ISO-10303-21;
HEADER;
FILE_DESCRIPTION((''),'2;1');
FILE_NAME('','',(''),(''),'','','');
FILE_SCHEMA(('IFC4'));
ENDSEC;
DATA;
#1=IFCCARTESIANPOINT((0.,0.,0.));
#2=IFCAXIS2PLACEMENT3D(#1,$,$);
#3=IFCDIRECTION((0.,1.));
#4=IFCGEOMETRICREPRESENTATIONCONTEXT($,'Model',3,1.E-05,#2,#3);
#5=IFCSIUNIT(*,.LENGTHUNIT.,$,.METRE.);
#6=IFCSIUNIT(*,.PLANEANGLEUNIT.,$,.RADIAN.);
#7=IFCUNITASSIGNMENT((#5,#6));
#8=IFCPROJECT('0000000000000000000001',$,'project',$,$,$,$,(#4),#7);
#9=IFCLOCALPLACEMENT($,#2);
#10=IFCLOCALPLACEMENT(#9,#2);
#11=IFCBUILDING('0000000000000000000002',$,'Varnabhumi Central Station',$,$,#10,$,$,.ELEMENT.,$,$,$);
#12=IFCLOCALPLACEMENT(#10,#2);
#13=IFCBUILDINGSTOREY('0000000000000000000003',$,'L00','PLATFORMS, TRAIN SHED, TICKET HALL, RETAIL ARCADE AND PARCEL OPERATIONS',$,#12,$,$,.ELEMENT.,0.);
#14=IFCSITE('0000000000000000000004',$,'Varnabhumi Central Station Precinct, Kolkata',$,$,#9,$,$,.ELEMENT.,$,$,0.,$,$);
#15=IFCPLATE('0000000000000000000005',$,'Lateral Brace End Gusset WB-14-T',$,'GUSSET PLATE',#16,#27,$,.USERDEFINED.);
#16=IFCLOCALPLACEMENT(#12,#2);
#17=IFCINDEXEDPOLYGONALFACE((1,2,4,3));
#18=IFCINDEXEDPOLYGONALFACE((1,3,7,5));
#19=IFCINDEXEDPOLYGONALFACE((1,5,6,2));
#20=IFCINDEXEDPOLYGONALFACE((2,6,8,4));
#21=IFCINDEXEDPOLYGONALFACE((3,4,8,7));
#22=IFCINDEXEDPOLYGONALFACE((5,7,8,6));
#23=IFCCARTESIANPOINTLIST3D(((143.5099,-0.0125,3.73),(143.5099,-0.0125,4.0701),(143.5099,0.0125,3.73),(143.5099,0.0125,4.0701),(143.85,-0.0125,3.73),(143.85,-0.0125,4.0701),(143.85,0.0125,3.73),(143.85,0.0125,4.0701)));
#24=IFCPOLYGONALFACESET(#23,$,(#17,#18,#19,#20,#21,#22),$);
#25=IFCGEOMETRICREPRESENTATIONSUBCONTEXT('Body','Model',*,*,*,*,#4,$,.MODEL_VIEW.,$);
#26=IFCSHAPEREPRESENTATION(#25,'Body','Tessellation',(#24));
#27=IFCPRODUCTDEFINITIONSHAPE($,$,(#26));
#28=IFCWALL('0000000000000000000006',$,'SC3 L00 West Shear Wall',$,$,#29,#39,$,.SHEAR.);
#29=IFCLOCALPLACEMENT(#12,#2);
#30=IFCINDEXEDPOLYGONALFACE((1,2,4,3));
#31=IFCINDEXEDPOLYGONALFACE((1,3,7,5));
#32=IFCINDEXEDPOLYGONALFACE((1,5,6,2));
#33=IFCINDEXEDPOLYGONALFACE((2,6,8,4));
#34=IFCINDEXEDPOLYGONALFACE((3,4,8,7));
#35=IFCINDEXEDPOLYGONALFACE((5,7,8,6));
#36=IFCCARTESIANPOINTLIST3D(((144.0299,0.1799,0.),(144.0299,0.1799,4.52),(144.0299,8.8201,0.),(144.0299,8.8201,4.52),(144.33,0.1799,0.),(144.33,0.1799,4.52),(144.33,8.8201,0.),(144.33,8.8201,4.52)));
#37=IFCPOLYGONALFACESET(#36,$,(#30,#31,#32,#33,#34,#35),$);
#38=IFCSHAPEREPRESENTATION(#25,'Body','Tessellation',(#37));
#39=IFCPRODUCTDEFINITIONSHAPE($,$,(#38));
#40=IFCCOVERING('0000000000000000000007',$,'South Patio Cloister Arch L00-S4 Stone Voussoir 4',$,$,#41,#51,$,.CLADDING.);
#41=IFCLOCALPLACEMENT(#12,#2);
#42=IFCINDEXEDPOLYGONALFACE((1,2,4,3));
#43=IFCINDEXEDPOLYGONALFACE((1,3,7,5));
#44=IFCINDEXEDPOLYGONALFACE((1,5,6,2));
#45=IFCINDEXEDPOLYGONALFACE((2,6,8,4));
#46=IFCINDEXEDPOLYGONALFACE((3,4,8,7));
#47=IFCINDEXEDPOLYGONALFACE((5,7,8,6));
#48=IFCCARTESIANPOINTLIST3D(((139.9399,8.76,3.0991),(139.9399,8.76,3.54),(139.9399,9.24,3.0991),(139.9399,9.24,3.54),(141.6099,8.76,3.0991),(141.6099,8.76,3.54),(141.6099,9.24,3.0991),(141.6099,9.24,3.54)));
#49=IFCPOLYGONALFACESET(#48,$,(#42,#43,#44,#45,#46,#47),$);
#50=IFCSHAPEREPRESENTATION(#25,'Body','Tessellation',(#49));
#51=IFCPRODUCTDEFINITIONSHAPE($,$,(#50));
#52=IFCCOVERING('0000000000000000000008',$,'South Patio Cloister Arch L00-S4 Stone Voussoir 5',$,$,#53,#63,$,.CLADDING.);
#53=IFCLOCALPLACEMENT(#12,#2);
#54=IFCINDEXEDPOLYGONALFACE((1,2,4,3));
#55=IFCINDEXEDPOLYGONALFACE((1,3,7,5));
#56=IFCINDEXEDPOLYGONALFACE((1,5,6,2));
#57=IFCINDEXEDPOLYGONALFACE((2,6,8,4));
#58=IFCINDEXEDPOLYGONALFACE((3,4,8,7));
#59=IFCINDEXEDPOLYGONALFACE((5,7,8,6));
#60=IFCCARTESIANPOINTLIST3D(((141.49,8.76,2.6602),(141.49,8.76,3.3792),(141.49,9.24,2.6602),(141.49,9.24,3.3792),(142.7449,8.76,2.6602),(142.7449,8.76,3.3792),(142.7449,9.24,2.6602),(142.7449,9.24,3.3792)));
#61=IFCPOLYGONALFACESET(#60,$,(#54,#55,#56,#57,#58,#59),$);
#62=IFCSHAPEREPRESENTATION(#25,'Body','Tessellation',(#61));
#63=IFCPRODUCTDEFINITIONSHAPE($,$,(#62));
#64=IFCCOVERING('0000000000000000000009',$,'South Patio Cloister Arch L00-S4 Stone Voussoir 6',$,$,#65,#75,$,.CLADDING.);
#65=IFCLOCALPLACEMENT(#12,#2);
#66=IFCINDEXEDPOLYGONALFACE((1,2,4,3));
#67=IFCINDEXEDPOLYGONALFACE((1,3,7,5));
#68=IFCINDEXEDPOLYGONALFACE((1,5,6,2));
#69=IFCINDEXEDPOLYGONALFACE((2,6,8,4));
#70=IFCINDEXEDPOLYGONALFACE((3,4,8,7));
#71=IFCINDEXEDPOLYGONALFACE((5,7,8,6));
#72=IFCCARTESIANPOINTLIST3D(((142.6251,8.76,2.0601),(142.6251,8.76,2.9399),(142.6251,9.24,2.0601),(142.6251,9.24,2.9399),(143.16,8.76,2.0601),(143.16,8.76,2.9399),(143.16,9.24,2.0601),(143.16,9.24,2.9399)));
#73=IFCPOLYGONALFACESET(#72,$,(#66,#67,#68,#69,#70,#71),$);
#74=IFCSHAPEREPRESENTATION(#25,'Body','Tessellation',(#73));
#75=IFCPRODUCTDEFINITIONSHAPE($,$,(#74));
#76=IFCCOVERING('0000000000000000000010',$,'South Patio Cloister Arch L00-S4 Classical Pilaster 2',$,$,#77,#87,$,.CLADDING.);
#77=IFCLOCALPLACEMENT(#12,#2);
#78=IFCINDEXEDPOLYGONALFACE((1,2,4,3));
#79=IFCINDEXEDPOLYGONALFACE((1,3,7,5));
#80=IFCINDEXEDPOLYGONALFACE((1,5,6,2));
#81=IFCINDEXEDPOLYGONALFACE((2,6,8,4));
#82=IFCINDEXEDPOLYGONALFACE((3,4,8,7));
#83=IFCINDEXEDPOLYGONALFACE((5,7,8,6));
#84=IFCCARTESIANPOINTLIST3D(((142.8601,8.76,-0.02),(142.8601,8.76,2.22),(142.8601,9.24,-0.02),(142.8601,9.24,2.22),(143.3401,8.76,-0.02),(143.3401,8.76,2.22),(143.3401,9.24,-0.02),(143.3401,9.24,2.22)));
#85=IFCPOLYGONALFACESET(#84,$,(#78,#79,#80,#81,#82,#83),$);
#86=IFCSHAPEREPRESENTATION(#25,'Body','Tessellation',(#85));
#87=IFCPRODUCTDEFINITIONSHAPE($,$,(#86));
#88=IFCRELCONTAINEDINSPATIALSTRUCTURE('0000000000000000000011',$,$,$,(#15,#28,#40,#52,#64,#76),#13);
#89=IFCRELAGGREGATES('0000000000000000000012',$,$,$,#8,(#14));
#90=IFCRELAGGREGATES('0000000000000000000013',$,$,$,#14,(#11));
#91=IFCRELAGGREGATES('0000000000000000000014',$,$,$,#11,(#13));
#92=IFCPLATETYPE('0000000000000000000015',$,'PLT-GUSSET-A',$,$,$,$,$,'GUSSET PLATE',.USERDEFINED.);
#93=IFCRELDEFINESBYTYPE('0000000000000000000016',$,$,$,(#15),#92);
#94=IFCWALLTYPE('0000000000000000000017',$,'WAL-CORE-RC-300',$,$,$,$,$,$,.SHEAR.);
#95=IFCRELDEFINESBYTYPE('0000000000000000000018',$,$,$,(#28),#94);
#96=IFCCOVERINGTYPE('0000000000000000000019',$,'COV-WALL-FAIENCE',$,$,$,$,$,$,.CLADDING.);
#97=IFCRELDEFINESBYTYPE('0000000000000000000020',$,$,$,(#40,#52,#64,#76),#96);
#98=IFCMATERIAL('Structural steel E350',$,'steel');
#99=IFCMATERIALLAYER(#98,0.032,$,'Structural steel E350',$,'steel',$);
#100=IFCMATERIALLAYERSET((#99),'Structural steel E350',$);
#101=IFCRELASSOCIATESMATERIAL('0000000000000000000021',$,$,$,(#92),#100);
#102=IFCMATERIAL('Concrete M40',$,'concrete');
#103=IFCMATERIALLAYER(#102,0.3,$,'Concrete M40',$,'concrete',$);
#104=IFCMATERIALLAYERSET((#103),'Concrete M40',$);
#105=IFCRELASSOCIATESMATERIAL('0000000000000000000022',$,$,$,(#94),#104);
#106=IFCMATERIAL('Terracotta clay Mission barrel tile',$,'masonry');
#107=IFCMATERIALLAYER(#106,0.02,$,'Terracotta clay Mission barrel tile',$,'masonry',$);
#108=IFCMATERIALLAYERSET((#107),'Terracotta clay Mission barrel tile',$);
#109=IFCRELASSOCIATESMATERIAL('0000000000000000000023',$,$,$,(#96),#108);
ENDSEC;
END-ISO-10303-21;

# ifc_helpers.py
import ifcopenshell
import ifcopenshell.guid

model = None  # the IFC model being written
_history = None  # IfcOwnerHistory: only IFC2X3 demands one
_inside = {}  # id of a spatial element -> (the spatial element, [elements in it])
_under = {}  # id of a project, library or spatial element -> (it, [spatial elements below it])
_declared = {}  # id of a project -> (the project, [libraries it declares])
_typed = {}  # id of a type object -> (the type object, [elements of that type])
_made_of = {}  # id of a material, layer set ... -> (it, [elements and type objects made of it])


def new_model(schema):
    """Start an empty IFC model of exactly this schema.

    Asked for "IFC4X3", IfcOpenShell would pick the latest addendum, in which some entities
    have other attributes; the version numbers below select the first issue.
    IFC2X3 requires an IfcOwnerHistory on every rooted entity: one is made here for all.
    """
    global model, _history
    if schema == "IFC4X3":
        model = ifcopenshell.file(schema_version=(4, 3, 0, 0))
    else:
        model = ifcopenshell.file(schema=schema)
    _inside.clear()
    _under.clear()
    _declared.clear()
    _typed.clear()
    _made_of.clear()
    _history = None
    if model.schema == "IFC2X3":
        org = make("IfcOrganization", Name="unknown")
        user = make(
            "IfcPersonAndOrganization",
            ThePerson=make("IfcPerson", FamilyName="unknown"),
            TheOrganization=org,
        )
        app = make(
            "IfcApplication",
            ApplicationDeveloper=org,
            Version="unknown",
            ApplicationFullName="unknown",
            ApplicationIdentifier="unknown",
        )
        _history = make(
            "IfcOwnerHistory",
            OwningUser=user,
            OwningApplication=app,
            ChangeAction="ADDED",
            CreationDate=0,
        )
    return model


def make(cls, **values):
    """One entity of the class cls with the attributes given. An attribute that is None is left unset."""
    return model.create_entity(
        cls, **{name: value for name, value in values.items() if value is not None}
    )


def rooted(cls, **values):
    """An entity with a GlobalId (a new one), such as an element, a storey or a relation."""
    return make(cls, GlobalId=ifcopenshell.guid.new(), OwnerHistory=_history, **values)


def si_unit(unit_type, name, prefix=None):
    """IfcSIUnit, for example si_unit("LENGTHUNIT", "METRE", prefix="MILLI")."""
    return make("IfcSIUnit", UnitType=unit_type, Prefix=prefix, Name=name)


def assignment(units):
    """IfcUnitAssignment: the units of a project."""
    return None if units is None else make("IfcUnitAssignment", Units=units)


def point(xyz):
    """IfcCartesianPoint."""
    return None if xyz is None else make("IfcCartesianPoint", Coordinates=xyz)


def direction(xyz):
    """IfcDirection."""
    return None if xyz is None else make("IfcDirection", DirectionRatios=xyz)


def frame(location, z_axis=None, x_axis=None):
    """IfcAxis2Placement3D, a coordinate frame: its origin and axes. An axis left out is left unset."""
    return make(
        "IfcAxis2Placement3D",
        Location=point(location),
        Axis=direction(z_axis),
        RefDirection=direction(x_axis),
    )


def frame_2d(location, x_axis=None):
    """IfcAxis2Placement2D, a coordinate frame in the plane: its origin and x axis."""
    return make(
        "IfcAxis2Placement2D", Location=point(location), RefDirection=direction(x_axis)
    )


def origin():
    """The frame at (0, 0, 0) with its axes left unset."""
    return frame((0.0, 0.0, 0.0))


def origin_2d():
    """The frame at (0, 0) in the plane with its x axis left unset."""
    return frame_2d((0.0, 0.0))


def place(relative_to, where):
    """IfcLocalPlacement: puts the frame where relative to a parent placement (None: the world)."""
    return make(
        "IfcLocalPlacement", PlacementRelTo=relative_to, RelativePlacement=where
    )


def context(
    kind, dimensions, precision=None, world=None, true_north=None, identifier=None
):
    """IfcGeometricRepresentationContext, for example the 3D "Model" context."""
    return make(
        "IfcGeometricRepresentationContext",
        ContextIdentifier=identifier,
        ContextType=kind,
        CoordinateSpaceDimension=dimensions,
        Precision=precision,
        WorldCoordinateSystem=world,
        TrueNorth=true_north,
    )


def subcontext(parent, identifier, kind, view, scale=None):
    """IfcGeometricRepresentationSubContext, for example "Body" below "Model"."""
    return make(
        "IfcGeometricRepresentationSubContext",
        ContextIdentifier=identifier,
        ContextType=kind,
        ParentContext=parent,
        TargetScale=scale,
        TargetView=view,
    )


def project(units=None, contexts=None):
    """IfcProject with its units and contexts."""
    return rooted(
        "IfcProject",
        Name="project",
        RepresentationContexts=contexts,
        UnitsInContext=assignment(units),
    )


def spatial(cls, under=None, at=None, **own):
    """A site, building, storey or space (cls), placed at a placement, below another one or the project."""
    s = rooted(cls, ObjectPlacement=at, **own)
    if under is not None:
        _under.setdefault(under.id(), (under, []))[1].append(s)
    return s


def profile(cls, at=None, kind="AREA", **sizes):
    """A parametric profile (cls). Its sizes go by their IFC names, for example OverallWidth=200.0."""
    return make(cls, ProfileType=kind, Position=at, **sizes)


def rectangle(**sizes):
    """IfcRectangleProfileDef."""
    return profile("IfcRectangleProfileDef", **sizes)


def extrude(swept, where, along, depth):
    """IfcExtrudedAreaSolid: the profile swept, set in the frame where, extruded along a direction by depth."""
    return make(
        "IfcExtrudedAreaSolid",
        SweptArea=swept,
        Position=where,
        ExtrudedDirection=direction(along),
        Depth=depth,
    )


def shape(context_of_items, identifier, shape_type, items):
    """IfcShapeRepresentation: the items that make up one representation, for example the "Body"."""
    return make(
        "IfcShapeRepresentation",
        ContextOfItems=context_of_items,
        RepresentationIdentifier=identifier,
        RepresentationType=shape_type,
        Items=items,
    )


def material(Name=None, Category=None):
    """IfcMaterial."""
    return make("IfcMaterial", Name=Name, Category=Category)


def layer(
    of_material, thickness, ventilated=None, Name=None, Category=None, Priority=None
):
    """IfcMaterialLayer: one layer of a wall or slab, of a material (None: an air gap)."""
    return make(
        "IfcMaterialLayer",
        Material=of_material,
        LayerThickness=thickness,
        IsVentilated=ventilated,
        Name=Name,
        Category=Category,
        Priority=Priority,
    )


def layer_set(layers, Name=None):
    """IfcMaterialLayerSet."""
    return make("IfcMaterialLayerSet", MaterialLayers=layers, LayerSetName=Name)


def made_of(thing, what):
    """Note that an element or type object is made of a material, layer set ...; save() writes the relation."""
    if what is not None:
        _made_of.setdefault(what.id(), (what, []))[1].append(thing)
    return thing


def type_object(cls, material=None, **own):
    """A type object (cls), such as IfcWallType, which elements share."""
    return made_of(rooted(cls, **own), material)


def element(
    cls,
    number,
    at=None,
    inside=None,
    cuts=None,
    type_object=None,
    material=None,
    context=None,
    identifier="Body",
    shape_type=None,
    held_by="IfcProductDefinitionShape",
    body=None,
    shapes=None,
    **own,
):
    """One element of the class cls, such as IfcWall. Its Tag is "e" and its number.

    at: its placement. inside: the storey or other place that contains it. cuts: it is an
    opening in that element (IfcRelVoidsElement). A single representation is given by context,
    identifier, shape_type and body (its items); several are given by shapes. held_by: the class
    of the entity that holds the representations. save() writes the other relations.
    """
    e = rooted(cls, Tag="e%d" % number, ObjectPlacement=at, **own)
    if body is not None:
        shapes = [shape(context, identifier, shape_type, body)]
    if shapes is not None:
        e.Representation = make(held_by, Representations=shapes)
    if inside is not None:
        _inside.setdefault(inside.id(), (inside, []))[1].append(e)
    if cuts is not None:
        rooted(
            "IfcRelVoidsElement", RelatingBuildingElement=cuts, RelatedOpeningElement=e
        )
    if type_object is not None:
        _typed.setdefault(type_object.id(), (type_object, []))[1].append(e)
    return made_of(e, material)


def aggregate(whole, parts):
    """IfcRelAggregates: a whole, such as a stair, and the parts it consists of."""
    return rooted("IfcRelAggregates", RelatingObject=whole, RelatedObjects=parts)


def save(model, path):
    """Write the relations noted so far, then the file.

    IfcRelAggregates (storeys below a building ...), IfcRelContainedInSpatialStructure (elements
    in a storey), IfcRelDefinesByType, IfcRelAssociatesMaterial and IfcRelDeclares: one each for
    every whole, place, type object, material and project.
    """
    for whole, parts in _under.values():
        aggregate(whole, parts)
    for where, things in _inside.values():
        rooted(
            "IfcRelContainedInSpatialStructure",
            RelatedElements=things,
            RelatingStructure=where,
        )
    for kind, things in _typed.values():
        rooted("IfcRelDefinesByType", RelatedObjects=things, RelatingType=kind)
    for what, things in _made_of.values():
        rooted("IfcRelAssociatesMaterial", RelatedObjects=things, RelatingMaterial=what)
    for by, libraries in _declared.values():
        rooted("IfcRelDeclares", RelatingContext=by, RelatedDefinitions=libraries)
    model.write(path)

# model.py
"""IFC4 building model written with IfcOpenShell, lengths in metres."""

from ifc_helpers import new_model, si_unit, direction, frame, frame_2d, origin, origin_2d, place, context, subcontext, project, spatial, rectangle, extrude, material, layer, layer_set, type_object, element, save


model = new_model("IFC4")

# Units and contexts
model_context = context("Model", 3, precision=1e-05, world=origin(), true_north=direction((0.0, 1.0)))
body_context = subcontext(model_context, "Body", "Model", "MODEL_VIEW")
ifc_project = project(units=[si_unit("LENGTHUNIT", "METRE"), si_unit("PLANEANGLEUNIT", "RADIAN")], contexts=[model_context])

# Site, building, storey
site_placement = place(None, origin())
site = spatial("IfcSite", under=ifc_project, at=site_placement, Name="Varnabhumi Central Station Precinct, Kolkata", CompositionType="ELEMENT", RefElevation=0.0)
building_placement = place(site_placement, origin())
building = spatial("IfcBuilding", under=site, at=building_placement, Name="Varnabhumi Central Station", CompositionType="ELEMENT")
storey_placement = place(building_placement, origin())
storey = spatial("IfcBuildingStorey", under=building, at=storey_placement, Name="L00", Description="PLATFORMS, TRAIN SHED, TICKET HALL, RETAIL ARCADE AND PARCEL OPERATIONS", CompositionType="ELEMENT", Elevation=0.0)

# Shared definitions
ifc_material_1 = material(Name="Concrete M40", Category="concrete")

# Plate
ifc_material_2 = material(Name="Structural steel E350", Category="steel")
ifc_layer_1 = layer(ifc_material_2, 0.032, Name="Structural steel E350", Category="steel")
ifc_layer_set_1 = layer_set([ifc_layer_1], Name="Structural steel E350")
plate_type_1 = type_object("IfcPlateType", Name="PLT-GUSSET-A", ElementType="GUSSET PLATE", PredefinedType="USERDEFINED", material=ifc_layer_set_1)
plate_1_placement = place(storey_placement, frame((143.6799, 0.0, 3.73), z_axis=(0.0, 0.0, 1.0), x_axis=(1.0, 0.0, 0.0)))
element("IfcPlate", 1, at=plate_1_placement, inside=storey, type_object=plate_type_1, Name="Lateral Brace End Gusset WB-14-T", ObjectType="GUSSET PLATE", PredefinedType="USERDEFINED", context=body_context, shape_type="SweptSolid", body=[
    extrude(rectangle(XDim=0.3401, YDim=0.0249, at=origin_2d()), origin(), (0.0, 0.0, 1.0), 0.3401),
])

# Wall
ifc_layer_2 = layer(ifc_material_1, 0.3, Name="Concrete M40", Category="concrete")
ifc_layer_set_2 = layer_set([ifc_layer_2], Name="Concrete M40")
wall_type = type_object("IfcWallType", Name="WAL-CORE-RC-300", PredefinedType="SHEAR", material=ifc_layer_set_2)
wall_1_placement = place(storey_placement, frame((144.1799, 0.1799, 0.0), z_axis=(0.0, 0.0, 1.0), x_axis=(0.0, 1.0, 0.0)))
element("IfcWall", 2, at=wall_1_placement, inside=storey, type_object=wall_type, Name="SC3 L00 West Shear Wall", PredefinedType="SHEAR", context=body_context, shape_type="SweptSolid", body=[
    extrude(rectangle(XDim=8.6401, YDim=0.3, at=frame_2d((4.3201, 0.0))), origin(), (0.0, 0.0, 1.0), 4.52),
])

# Coverings
ifc_material_3 = material(Name="Terracotta clay Mission barrel tile", Category="masonry")
ifc_layer_3 = layer(ifc_material_3, 0.02, Name="Terracotta clay Mission barrel tile", Category="masonry")
ifc_layer_set_3 = layer_set([ifc_layer_3], Name="Terracotta clay Mission barrel tile")
covering_type = type_object("IfcCoveringType", Name="COV-WALL-FAIENCE", PredefinedType="CLADDING", material=ifc_layer_set_3)
covering_1_placement = place(storey_placement, frame((140.7749, 9.0, 3.0991), z_axis=(0.0, 0.0, 1.0), x_axis=(1.0, 0.0, 0.0)))
element("IfcCovering", 3, at=covering_1_placement, inside=storey, type_object=covering_type, Name="South Patio Cloister Arch L00-S4 Stone Voussoir 4", PredefinedType="CLADDING", context=body_context, shape_type="SweptSolid", body=[
    extrude(rectangle(XDim=1.6699, YDim=0.48, at=origin_2d()), origin(), (0.0, 0.0, 1.0), 0.4409),
])
covering_2_placement = place(storey_placement, frame((142.1174, 9.0, 2.6602), z_axis=(0.0, 0.0, 1.0), x_axis=(1.0, 0.0, 0.0)))
element("IfcCovering", 4, at=covering_2_placement, inside=storey, type_object=covering_type, Name="South Patio Cloister Arch L00-S4 Stone Voussoir 5", PredefinedType="CLADDING", context=body_context, shape_type="SweptSolid", body=[
    extrude(rectangle(XDim=1.2549, YDim=0.48, at=origin_2d()), origin(), (0.0, 0.0, 1.0), 0.719),
])
covering_3_placement = place(storey_placement, frame((142.8926, 9.0, 2.0601), z_axis=(0.0, 0.0, 1.0), x_axis=(1.0, 0.0, 0.0)))
element("IfcCovering", 5, at=covering_3_placement, inside=storey, type_object=covering_type, Name="South Patio Cloister Arch L00-S4 Stone Voussoir 6", PredefinedType="CLADDING", context=body_context, shape_type="SweptSolid", body=[
    extrude(rectangle(XDim=0.5349, YDim=0.48, at=origin_2d()), origin(), (0.0, 0.0, 1.0), 0.8799),
])
covering_4_placement = place(storey_placement, frame((143.1001, 9.0, -0.02), z_axis=(0.0, 0.0, 1.0), x_axis=(1.0, 0.0, 0.0)))
element("IfcCovering", 6, at=covering_4_placement, inside=storey, type_object=covering_type, Name="South Patio Cloister Arch L00-S4 Classical Pilaster 2", PredefinedType="CLADDING", context=body_context, shape_type="SweptSolid", body=[
    extrude(rectangle(XDim=0.48, YDim=0.48, at=origin_2d()), origin(), (0.0, 0.0, 1.0), 2.24),
])

save(model, "model.ifc")
